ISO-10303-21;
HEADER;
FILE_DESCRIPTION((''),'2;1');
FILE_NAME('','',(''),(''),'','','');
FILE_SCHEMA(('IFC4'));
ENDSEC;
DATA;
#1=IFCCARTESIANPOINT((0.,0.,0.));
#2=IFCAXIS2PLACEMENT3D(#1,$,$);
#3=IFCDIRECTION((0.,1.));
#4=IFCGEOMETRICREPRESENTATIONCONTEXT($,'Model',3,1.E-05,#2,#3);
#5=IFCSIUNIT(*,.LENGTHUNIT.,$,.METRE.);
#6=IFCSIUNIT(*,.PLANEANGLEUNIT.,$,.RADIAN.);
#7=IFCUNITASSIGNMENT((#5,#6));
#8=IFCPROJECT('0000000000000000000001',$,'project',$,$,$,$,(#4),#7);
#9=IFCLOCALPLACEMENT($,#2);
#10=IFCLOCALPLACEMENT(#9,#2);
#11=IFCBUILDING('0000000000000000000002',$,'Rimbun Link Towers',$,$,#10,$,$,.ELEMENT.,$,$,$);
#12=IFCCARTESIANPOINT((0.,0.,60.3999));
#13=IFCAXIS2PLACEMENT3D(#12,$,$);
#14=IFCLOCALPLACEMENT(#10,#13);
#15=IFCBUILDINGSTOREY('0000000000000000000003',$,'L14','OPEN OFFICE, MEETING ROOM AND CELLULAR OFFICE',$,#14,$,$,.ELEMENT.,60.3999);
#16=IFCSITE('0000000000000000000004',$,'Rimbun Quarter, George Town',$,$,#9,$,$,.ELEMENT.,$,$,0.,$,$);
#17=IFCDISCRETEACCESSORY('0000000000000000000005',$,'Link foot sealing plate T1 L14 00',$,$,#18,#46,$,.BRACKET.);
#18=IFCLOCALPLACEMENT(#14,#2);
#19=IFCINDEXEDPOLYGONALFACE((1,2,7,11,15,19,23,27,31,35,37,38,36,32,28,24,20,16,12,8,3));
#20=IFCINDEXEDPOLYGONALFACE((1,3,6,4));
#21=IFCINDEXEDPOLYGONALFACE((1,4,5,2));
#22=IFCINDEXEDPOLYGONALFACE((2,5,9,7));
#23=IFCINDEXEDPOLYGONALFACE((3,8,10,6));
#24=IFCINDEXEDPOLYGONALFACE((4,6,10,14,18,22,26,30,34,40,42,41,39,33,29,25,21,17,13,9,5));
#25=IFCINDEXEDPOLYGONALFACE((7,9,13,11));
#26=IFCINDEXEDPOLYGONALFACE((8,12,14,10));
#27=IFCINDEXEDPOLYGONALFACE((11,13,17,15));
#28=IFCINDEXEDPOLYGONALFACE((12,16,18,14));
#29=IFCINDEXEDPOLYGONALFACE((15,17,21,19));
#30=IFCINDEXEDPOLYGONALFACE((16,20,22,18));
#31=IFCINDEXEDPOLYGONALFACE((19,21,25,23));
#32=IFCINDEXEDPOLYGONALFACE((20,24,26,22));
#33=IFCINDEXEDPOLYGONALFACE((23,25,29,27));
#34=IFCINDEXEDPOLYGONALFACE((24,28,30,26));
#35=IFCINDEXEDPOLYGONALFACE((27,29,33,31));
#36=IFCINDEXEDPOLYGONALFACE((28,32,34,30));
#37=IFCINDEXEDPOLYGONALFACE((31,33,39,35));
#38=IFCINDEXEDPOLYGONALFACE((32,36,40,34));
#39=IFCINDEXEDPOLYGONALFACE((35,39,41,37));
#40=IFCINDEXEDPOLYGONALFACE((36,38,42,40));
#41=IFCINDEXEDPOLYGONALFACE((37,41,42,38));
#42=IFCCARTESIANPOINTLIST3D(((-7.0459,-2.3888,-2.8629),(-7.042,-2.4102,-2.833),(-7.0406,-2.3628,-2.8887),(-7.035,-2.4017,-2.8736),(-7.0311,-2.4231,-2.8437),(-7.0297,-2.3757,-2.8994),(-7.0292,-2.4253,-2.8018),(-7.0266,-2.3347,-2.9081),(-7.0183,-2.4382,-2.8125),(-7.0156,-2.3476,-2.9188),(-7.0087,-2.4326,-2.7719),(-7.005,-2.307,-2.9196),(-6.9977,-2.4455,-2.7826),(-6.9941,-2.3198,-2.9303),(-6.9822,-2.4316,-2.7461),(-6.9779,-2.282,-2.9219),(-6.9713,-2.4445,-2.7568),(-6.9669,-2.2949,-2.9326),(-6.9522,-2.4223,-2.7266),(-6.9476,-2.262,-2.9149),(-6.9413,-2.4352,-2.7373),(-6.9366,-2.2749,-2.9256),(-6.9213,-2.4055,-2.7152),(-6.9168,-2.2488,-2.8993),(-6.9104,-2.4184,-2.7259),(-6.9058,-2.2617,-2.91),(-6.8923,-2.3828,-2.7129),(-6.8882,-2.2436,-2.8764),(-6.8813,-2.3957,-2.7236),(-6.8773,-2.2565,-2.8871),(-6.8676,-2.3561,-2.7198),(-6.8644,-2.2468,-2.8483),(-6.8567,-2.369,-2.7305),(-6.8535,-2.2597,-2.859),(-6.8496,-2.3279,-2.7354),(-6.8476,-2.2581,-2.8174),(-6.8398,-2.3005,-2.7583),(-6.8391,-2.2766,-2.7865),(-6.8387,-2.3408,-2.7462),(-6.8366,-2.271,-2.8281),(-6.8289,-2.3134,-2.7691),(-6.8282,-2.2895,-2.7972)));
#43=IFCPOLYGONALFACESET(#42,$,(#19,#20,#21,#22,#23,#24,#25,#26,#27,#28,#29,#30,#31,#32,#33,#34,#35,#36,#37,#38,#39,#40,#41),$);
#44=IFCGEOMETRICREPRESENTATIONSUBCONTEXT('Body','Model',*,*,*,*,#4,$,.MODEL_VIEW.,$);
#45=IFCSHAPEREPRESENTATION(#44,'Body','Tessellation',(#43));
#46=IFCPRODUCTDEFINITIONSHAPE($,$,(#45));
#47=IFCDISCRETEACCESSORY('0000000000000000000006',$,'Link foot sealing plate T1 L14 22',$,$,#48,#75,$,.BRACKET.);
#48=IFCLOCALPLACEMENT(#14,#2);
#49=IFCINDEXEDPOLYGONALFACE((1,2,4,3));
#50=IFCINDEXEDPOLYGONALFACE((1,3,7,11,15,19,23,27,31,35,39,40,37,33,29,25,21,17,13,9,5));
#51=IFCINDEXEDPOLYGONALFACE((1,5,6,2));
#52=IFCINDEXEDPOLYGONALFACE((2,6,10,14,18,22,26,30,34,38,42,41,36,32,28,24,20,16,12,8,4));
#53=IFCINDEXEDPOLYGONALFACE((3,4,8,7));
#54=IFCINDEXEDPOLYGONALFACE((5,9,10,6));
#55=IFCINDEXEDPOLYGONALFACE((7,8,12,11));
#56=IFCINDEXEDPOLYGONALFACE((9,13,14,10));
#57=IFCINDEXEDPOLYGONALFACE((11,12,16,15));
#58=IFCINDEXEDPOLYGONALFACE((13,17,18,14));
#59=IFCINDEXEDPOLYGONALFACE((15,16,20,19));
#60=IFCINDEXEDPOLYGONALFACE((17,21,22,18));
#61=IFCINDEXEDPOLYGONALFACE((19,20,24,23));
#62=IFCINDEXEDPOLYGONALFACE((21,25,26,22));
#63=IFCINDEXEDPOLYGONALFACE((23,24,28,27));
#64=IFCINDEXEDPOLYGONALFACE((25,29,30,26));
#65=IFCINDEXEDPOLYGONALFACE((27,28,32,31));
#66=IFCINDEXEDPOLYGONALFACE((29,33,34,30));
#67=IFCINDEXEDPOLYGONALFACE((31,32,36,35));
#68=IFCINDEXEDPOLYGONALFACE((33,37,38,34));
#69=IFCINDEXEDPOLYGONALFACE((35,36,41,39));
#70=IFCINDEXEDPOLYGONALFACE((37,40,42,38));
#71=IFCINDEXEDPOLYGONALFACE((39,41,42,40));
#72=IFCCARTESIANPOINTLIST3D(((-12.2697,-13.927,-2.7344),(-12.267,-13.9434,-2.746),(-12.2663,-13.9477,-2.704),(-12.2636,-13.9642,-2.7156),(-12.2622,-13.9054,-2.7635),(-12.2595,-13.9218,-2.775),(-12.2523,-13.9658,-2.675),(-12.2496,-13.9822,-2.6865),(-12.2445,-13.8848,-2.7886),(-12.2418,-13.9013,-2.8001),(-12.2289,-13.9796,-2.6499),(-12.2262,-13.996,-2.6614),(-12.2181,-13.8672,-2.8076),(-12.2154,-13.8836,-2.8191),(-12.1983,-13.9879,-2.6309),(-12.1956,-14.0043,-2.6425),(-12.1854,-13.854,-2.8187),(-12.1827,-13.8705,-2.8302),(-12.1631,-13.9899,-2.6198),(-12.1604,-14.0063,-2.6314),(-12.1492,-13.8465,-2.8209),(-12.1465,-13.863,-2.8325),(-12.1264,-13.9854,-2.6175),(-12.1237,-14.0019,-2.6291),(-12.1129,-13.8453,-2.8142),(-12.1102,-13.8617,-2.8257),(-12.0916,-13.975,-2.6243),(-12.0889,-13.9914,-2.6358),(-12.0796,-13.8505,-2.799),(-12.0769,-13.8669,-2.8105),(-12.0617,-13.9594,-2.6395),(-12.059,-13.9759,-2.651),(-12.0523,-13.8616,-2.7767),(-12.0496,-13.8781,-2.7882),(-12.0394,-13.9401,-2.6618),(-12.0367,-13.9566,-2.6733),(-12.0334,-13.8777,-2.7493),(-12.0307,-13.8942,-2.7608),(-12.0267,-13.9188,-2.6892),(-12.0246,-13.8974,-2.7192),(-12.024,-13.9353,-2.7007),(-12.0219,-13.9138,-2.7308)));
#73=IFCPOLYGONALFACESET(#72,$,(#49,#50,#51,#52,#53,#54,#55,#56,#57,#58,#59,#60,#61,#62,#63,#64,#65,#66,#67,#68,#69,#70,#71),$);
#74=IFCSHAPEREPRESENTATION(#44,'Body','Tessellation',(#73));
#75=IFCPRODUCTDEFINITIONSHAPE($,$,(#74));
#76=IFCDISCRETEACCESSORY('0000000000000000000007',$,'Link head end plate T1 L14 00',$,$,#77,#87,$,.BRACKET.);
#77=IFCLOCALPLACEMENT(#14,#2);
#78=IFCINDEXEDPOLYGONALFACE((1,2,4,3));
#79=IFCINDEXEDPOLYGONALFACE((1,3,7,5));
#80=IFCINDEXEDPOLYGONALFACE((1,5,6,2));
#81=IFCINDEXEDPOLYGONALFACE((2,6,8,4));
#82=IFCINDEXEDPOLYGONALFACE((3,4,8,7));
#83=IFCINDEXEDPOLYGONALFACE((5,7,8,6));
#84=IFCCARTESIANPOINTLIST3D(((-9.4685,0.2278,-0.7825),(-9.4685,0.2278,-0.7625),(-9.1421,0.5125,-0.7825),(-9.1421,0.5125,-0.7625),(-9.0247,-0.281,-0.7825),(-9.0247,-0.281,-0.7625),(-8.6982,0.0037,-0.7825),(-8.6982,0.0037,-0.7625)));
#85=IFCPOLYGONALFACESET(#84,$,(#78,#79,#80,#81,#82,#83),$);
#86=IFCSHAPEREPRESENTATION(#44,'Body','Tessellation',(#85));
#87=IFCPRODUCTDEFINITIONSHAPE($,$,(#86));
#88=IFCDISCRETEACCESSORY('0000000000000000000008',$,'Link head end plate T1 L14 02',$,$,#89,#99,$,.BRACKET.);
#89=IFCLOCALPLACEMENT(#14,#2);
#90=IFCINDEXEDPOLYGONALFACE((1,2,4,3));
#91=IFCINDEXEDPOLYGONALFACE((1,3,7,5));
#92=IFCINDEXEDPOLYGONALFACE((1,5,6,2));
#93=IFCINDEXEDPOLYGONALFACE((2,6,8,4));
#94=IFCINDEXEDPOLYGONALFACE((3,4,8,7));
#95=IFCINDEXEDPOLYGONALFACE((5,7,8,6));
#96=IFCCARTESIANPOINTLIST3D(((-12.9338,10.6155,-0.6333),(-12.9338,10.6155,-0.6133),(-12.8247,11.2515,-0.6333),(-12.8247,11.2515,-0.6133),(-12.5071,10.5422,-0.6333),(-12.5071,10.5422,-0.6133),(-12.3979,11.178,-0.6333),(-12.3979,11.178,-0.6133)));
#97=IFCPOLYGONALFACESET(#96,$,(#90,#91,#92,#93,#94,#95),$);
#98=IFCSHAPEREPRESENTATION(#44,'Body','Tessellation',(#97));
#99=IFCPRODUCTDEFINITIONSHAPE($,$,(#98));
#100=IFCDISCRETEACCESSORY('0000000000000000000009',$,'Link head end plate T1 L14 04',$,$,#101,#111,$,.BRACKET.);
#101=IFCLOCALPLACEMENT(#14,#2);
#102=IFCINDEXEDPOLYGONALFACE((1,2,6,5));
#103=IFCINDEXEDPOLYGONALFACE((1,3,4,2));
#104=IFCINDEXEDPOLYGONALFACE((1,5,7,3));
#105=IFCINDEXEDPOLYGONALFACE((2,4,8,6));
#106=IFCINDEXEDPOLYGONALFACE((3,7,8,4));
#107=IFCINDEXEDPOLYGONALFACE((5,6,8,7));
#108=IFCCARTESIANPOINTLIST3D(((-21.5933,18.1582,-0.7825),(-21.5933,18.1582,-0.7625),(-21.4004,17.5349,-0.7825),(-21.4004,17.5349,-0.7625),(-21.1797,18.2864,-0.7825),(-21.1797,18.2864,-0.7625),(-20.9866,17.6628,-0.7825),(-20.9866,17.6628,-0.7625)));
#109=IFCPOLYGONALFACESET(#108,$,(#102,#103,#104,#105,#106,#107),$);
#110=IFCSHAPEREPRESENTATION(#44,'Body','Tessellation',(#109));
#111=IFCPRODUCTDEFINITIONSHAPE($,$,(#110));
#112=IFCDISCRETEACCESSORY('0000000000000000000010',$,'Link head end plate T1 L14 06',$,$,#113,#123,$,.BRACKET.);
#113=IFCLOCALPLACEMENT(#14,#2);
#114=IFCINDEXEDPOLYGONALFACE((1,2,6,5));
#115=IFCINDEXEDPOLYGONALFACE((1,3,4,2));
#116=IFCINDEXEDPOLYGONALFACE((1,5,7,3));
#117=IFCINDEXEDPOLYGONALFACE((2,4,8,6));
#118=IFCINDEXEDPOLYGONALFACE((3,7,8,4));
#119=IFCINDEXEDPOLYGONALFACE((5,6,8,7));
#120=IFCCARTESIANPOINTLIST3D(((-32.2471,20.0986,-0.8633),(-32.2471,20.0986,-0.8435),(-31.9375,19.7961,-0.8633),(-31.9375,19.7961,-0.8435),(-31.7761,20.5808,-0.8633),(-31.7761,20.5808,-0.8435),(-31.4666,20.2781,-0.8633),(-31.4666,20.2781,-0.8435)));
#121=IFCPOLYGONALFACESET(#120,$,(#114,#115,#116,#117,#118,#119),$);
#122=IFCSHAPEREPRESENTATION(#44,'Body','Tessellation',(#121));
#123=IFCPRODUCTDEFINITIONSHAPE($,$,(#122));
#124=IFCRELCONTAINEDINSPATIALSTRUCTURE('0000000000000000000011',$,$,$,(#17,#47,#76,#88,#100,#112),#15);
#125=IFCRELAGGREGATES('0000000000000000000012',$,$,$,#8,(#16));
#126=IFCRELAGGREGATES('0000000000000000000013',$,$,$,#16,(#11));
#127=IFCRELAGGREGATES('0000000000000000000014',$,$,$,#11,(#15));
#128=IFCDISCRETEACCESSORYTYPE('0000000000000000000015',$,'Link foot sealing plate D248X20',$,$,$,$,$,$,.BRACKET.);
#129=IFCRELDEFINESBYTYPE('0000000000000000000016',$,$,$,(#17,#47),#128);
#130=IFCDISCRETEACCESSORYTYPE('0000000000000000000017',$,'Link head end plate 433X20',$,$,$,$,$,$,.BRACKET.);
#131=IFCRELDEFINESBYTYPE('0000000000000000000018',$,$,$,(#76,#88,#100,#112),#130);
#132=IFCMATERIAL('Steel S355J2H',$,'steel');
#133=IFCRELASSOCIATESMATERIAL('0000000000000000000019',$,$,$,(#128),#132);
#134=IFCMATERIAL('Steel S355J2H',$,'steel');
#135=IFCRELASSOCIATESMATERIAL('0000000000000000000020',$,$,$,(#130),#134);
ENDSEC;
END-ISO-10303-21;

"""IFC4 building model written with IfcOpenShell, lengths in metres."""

from ifc_helpers import new_model, si_unit, direction, frame, origin, origin_2d, place, context, subcontext, project, spatial, polyline, rectangle, circle, outline, extrude, material, material_profile, profile_set, type_object, element, save


model = new_model("IFC4")

# Units and contexts
model_context = context("Model", 3, precision=1e-05, world=origin(), true_north=direction((0.0, 1.0)))
body_context = subcontext(model_context, "Body", "Model", "MODEL_VIEW")
ifc_project = project(units=[si_unit("LENGTHUNIT", "METRE"), si_unit("PLANEANGLEUNIT", "RADIAN")], contexts=[model_context])

# Site, building, storey
site_placement = place(None, origin())
site = spatial("IfcSite", under=ifc_project, at=site_placement, Name="Rimbun Quarter, George Town", CompositionType="ELEMENT", RefElevation=0.0)
building_placement = place(site_placement, origin())
building = spatial("IfcBuilding", under=site, at=building_placement, Name="Rimbun Link Towers", CompositionType="ELEMENT")
storey_placement = place(building_placement, frame((0.0, 0.0, 60.3999)))
storey = spatial("IfcBuildingStorey", under=building, at=storey_placement, Name="L14", Description="OPEN OFFICE, MEETING ROOM AND CELLULAR OFFICE", CompositionType="ELEMENT", Elevation=60.3999)

# Discrete accessories
ifc_material_1 = material(Name="Steel S355J2H", Category="steel")
ifc_material_profile_1 = material_profile(ifc_material_1, circle(Radius=0.124, at=origin_2d()), Name="PL D248")
ifc_profile_set_1 = profile_set([ifc_material_profile_1], Name="Steel S355J2H")
discrete_accessory_type_1 = type_object("IfcDiscreteAccessoryType", Name="Link foot sealing plate D248X20", PredefinedType="BRACKET", material=ifc_profile_set_1)
discrete_accessory_1_placement = place(storey_placement, frame((-6.9421, -2.3384, -2.8174), z_axis=(0.546913, -0.644142, -0.534759), x_axis=(0.762294, 0.647231, 0.0)))
element("IfcDiscreteAccessory", 1, at=discrete_accessory_1_placement, inside=storey, type_object=discrete_accessory_type_1, Name="Link foot sealing plate T1 L14 00", PredefinedType="BRACKET", context=body_context, shape_type="SweptSolid", body=[
    extrude(circle(Radius=0.124, at=origin_2d()), origin(), (0.0, 0.0, 1.0), 0.02),
])
discrete_accessory_2_placement = place(storey_placement, frame((-12.147, -13.9175, -2.7192), z_axis=(0.133209, -0.811362, -0.569164), x_axis=(0.986789, 0.16201, 0.0)))
element("IfcDiscreteAccessory", 2, at=discrete_accessory_2_placement, inside=storey, type_object=discrete_accessory_type_1, Name="Link foot sealing plate T1 L14 22", PredefinedType="BRACKET", context=body_context, shape_type="SweptSolid", body=[
    extrude(circle(Radius=0.124, at=origin_2d()), origin(), (0.0, 0.0, 1.0), 0.0203),
])
ifc_material_2 = material(Name="Steel S355J2H", Category="steel")
ifc_material_profile_2 = material_profile(ifc_material_2, rectangle(XDim=0.4331, YDim=0.4331, at=origin_2d()), Name="PL 433x433")
ifc_profile_set_2 = profile_set([ifc_material_profile_2], Name="Steel S355J2H")
discrete_accessory_type_2 = type_object("IfcDiscreteAccessoryType", Name="Link head end plate 433X20", PredefinedType="BRACKET", material=ifc_profile_set_2)
discrete_accessory_3_placement = place(storey_placement, frame((0.0, 0.0, -0.7825)))
element("IfcDiscreteAccessory", 3, at=discrete_accessory_3_placement, inside=storey, type_object=discrete_accessory_type_2, Name="Link head end plate T1 L14 00", PredefinedType="BRACKET", context=body_context, shape_type="SweptSolid", body=[
    extrude(outline(polyline([(-9.4685, 0.2278), (-9.0247, -0.281), (-8.6982, 0.0037), (-9.1421, 0.5125), (-9.4685, 0.2278)])), origin(), (0.0, 0.0, 1.0), 0.02),
])
discrete_accessory_4_placement = place(storey_placement, frame((0.0, 0.0, -0.6333)))
element("IfcDiscreteAccessory", 4, at=discrete_accessory_4_placement, inside=storey, type_object=discrete_accessory_type_2, Name="Link head end plate T1 L14 02", PredefinedType="BRACKET", context=body_context, shape_type="SweptSolid", body=[
    extrude(outline(polyline([(-12.5071, 10.5422), (-12.3979, 11.178), (-12.8247, 11.2515), (-12.9338, 10.6155), (-12.5071, 10.5422)])), origin(), (0.0, 0.0, 1.0), 0.02),
])
discrete_accessory_5_placement = place(storey_placement, frame((0.0, 0.0, -0.7825)))
element("IfcDiscreteAccessory", 5, at=discrete_accessory_5_placement, inside=storey, type_object=discrete_accessory_type_2, Name="Link head end plate T1 L14 04", PredefinedType="BRACKET", context=body_context, shape_type="SweptSolid", body=[
    extrude(outline(polyline([(-20.9866, 17.6628), (-21.1797, 18.2864), (-21.5933, 18.1582), (-21.4004, 17.5349), (-20.9866, 17.6628)])), origin(), (0.0, 0.0, 1.0), 0.02),
])
discrete_accessory_6_placement = place(storey_placement, frame((0.0, 0.0, -0.8633)))
element("IfcDiscreteAccessory", 6, at=discrete_accessory_6_placement, inside=storey, type_object=discrete_accessory_type_2, Name="Link head end plate T1 L14 06", PredefinedType="BRACKET", context=body_context, shape_type="SweptSolid", body=[
    extrude(outline(polyline([(-31.9375, 19.7961), (-31.4666, 20.2781), (-31.7761, 20.5808), (-32.2471, 20.0986), (-31.9375, 19.7961)])), origin(), (0.0, 0.0, 1.0), 0.0198),
])

save(model, "model.ifc")
